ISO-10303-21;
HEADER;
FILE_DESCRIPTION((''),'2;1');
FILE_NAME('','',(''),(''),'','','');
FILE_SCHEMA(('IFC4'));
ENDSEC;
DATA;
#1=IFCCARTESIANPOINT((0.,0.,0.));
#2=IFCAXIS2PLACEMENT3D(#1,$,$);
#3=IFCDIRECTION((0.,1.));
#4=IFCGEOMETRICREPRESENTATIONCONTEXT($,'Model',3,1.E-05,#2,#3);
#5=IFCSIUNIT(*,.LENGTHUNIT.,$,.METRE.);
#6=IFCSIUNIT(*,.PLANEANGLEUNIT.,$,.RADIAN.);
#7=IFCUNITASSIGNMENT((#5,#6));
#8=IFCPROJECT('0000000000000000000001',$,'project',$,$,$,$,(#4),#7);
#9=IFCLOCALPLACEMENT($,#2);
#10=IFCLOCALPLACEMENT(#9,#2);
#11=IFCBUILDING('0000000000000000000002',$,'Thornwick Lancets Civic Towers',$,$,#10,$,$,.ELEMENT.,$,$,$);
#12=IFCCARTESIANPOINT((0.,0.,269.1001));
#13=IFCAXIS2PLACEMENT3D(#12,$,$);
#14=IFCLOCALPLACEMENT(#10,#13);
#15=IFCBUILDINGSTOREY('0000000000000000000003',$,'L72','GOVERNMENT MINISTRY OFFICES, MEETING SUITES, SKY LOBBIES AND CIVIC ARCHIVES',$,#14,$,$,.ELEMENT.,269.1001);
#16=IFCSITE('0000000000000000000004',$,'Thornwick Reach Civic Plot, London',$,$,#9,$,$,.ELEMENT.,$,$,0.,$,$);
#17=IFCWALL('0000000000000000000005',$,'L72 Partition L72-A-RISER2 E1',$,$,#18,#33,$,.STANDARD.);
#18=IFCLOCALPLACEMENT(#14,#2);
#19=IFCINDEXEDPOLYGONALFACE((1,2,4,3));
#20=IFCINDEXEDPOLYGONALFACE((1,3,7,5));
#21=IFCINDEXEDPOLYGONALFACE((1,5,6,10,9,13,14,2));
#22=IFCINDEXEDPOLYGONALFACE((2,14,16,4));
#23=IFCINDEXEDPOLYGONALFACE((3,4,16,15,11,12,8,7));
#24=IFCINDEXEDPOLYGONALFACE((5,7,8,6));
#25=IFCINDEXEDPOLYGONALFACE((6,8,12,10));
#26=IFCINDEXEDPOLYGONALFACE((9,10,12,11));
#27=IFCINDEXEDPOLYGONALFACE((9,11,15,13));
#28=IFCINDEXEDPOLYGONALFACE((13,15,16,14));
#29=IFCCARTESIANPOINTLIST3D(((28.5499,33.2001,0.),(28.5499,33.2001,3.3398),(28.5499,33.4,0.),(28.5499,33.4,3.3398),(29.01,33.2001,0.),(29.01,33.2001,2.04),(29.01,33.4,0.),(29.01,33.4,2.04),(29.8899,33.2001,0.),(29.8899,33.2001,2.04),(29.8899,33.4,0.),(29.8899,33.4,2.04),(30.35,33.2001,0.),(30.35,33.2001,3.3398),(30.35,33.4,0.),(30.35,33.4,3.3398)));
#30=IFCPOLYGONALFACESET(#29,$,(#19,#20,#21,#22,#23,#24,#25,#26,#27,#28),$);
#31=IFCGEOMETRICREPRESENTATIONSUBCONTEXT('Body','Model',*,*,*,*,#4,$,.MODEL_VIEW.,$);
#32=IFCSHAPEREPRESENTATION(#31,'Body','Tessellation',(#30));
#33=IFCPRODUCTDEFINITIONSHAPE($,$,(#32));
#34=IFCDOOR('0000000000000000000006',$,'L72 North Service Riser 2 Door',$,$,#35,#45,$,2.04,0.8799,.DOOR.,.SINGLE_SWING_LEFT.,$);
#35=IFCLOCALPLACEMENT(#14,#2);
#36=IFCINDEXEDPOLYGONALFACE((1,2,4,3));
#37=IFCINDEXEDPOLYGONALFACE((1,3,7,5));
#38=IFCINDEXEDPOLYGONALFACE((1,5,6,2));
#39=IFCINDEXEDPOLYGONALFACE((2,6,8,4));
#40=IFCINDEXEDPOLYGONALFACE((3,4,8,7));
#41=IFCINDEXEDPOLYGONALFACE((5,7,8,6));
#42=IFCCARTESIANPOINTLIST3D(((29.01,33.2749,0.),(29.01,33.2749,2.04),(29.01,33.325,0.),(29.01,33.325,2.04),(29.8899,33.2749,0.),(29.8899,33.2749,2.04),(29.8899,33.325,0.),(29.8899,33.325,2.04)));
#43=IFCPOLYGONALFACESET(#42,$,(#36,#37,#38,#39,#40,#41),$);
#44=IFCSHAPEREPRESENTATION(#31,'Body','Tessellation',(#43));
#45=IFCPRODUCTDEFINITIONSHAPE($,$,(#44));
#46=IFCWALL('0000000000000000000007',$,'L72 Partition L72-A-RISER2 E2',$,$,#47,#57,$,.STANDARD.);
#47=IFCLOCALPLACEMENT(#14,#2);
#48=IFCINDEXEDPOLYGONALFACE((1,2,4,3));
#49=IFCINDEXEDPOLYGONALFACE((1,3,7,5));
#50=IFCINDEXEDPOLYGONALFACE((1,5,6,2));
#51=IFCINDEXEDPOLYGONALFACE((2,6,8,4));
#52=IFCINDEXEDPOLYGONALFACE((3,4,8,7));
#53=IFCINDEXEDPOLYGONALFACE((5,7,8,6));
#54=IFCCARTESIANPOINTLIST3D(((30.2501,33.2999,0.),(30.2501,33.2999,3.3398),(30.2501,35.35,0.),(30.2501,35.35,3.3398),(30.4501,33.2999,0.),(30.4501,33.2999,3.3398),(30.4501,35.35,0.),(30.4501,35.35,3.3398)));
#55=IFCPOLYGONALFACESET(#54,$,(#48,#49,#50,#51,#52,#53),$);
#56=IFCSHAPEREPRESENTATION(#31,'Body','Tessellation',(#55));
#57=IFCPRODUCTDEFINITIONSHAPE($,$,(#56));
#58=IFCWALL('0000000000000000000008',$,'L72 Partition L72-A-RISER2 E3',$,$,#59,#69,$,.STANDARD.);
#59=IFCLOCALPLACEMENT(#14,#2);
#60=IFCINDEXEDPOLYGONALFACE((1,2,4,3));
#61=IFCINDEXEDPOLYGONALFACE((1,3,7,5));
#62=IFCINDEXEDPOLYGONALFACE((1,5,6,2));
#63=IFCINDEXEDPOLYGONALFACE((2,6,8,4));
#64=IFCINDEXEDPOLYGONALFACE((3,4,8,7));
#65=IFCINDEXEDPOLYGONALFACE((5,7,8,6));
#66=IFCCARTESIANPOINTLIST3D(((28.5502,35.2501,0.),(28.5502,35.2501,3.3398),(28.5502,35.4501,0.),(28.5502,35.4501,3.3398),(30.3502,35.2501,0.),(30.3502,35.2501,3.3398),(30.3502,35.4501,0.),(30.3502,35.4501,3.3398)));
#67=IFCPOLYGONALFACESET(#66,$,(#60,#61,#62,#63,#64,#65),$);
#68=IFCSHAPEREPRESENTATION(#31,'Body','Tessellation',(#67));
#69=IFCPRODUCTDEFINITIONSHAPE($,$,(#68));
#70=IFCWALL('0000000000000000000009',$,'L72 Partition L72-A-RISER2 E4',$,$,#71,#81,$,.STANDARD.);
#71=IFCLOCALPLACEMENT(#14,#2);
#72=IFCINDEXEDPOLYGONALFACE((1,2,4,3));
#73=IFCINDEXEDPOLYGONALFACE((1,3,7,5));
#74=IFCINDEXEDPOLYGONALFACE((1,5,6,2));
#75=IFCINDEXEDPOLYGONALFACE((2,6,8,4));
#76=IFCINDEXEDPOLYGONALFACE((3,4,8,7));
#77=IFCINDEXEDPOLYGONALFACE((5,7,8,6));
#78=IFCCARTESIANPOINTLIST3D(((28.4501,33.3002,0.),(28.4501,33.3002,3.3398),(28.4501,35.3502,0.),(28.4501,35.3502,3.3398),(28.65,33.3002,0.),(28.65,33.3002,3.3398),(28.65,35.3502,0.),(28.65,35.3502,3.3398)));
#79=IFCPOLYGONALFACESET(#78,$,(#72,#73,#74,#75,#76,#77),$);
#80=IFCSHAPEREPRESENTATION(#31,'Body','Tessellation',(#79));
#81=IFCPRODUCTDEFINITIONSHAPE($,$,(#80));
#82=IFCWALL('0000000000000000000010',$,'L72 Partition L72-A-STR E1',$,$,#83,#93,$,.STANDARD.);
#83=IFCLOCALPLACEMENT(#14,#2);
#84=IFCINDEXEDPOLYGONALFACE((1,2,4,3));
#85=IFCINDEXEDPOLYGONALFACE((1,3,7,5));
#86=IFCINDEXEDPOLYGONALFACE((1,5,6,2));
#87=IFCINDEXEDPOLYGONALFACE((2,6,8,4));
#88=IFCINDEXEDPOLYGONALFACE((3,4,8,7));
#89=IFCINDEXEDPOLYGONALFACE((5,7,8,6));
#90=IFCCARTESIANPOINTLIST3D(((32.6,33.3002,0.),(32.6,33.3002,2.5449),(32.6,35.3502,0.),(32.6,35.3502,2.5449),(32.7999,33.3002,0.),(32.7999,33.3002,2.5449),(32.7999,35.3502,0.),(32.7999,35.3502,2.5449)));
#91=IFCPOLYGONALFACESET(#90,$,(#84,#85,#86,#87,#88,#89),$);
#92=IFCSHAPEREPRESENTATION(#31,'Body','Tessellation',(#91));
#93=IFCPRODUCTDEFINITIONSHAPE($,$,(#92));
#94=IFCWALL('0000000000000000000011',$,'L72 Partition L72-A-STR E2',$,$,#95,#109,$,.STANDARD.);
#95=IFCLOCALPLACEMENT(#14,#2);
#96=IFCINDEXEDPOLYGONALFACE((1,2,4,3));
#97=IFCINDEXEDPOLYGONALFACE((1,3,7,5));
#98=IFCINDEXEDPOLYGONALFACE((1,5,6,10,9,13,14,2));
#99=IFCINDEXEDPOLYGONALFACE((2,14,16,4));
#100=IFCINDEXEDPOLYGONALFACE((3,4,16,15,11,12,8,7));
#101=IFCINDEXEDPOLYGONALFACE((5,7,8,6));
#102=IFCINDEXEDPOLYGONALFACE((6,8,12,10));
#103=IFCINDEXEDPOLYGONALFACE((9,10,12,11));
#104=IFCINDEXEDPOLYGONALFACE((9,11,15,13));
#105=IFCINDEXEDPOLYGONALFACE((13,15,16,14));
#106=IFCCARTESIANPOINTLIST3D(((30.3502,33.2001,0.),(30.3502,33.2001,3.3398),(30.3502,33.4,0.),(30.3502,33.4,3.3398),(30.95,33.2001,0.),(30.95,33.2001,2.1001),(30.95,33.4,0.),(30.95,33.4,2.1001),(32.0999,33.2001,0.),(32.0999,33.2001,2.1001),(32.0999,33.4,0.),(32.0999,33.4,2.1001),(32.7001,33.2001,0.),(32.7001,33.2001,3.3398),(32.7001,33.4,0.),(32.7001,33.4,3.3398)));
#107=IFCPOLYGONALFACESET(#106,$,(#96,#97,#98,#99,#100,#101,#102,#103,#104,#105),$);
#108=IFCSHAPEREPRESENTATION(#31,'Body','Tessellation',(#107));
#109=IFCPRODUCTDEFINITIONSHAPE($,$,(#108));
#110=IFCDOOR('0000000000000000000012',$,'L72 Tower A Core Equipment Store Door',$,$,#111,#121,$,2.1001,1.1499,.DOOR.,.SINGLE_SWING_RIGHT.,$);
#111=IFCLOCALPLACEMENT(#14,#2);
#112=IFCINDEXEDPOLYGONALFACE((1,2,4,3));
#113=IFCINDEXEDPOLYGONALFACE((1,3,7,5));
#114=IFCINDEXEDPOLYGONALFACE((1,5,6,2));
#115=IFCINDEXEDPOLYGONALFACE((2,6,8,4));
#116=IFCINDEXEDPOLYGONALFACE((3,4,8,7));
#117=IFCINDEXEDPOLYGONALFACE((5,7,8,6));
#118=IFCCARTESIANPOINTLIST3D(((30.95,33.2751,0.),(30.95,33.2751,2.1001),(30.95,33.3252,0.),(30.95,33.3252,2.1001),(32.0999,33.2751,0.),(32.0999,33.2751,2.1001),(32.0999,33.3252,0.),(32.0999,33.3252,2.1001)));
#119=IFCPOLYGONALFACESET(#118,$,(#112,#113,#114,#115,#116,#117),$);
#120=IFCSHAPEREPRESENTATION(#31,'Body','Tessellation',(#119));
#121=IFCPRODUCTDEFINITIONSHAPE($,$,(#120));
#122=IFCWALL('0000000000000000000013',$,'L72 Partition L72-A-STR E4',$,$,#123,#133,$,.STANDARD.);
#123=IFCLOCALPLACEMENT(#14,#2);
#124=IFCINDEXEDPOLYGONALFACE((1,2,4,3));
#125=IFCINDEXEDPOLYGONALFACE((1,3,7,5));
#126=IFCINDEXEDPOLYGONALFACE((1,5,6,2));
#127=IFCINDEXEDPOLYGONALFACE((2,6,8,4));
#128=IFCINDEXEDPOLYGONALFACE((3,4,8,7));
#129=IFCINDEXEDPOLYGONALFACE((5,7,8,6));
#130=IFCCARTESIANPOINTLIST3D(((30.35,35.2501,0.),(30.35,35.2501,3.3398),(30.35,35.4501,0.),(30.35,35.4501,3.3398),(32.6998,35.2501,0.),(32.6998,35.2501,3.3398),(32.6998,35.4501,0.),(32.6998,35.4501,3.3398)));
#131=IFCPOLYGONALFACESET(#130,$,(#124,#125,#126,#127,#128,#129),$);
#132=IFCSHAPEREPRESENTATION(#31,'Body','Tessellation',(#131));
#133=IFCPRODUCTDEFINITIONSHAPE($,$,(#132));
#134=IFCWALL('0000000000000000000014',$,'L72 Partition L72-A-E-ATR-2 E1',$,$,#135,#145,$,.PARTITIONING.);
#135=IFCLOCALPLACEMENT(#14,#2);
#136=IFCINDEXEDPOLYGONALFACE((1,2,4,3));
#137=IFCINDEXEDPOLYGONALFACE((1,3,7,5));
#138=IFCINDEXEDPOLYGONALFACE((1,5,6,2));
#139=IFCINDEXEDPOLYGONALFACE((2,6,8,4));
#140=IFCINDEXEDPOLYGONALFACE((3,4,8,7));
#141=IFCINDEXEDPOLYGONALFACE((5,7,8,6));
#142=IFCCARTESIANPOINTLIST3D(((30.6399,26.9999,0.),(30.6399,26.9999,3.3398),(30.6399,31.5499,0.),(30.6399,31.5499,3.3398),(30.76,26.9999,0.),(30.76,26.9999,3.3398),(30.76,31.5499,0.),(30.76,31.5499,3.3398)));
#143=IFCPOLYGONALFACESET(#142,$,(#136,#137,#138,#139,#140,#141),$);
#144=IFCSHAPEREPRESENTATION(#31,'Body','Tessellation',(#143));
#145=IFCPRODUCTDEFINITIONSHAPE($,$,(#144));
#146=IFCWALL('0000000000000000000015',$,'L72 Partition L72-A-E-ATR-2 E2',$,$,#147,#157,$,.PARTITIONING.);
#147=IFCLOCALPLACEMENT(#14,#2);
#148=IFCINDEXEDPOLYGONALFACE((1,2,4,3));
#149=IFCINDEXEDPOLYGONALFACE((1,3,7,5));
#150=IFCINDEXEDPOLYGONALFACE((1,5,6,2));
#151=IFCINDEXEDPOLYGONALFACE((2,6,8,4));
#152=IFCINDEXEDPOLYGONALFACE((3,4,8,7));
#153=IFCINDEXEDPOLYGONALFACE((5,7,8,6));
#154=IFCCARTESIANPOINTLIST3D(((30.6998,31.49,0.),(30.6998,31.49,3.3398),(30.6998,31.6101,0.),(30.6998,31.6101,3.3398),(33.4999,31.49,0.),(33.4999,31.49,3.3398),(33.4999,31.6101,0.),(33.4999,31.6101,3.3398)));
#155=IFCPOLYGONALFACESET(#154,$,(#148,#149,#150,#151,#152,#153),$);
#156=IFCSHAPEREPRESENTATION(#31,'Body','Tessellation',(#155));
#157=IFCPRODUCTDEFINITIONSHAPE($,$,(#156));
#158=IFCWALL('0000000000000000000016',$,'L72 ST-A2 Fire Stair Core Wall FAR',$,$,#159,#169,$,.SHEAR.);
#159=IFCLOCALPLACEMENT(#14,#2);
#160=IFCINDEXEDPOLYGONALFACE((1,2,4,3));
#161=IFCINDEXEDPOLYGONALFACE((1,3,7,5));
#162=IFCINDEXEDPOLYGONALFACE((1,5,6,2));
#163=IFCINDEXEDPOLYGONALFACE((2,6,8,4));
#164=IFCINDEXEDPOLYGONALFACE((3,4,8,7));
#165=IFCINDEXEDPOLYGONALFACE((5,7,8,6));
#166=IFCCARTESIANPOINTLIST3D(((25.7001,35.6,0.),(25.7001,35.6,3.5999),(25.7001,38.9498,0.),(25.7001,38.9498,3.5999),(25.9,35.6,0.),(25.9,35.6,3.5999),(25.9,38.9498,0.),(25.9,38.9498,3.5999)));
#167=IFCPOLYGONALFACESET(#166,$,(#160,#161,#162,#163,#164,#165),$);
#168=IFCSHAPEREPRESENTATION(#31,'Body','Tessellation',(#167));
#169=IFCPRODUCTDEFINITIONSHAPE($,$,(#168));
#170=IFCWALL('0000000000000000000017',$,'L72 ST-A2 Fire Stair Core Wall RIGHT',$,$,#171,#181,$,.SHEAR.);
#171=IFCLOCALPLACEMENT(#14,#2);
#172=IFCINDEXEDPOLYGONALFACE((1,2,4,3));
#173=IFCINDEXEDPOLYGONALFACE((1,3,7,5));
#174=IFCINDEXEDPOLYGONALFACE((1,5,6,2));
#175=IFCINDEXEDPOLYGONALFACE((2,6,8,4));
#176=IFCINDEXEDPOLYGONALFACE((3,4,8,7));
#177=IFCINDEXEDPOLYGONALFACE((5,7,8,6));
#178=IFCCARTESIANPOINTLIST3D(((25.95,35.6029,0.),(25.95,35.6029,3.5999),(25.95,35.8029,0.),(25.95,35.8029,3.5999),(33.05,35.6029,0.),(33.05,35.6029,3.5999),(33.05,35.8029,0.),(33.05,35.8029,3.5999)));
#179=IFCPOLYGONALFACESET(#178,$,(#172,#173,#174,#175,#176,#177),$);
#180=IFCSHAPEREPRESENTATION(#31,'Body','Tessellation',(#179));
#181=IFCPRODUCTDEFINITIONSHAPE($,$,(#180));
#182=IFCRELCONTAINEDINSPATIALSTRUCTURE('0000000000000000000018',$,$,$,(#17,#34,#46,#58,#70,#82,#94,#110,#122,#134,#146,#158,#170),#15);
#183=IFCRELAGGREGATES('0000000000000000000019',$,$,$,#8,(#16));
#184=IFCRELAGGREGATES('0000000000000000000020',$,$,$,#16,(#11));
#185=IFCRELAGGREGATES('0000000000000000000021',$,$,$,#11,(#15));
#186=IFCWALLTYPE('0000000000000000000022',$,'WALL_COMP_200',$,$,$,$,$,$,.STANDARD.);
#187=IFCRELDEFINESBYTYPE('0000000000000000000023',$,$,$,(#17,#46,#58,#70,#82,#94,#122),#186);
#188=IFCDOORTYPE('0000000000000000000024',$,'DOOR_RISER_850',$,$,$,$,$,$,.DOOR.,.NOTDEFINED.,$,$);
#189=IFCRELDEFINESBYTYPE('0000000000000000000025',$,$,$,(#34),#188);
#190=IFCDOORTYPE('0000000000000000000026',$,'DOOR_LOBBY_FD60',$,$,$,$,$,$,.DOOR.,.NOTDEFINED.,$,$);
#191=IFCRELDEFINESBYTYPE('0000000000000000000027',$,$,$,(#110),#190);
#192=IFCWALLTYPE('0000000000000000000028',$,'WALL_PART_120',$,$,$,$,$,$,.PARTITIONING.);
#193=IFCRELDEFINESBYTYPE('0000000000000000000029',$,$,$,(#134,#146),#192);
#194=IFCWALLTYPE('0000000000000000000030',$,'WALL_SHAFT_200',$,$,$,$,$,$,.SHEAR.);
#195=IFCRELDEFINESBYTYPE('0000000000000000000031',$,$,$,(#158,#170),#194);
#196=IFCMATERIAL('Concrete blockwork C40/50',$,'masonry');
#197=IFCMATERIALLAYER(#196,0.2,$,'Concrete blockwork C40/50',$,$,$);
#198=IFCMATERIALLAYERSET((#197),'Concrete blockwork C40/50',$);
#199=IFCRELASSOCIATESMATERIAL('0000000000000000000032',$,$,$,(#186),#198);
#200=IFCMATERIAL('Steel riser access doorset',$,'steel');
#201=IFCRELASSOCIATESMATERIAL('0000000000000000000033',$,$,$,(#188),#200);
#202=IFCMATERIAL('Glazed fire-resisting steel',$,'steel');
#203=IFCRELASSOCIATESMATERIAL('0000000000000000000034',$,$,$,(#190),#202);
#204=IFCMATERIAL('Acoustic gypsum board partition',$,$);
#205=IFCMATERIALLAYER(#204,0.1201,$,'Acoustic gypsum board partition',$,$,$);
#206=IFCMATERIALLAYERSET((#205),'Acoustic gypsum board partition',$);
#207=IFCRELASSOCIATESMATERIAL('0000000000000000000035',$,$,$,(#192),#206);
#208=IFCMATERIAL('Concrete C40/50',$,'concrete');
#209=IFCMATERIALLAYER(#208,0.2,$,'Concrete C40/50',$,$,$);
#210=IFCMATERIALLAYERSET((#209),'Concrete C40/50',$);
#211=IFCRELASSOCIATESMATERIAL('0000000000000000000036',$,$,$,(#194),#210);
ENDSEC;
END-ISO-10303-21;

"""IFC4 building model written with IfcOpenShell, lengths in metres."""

from ifc_helpers import new_model, si_unit, direction, frame, frame_2d, origin, place, context, subcontext, project, spatial, rectangle, extrude, material, layer, layer_set, type_object, element, fill, save


model = new_model("IFC4")

# Units and contexts
model_context = context("Model", 3, precision=1e-05, world=origin(), true_north=direction((0.0, 1.0)))
body_context = subcontext(model_context, "Body", "Model", "MODEL_VIEW")
ifc_project = project(units=[si_unit("LENGTHUNIT", "METRE"), si_unit("PLANEANGLEUNIT", "RADIAN")], contexts=[model_context])

# Site, building, storey
site_placement = place(None, origin())
site = spatial("IfcSite", under=ifc_project, at=site_placement, Name="Thornwick Reach Civic Plot, London", CompositionType="ELEMENT", RefElevation=0.0)
building_placement = place(site_placement, origin())
building = spatial("IfcBuilding", under=site, at=building_placement, Name="Thornwick Lancets Civic Towers", CompositionType="ELEMENT")
storey_placement = place(building_placement, frame((0.0, 0.0, 269.1001)))
storey = spatial("IfcBuildingStorey", under=building, at=storey_placement, Name="L72", Description="GOVERNMENT MINISTRY OFFICES, MEETING SUITES, SKY LOBBIES AND CIVIC ARCHIVES", CompositionType="ELEMENT", Elevation=269.1001)

# Shared definitions
ifc_material_1 = material(Name="Concrete C40/50", Category="concrete")

# Shared definitions
ifc_material_2 = material(Name="Concrete blockwork C40/50", Category="masonry")
ifc_layer_1 = layer(ifc_material_2, 0.2, Name="Concrete blockwork C40/50")
ifc_layer_set_1 = layer_set([ifc_layer_1], Name="Concrete blockwork C40/50")
wall_type_1 = type_object("IfcWallType", Name="WALL_COMP_200", PredefinedType="STANDARD", material=ifc_layer_set_1)

# Wall, opening, door
wall_1_placement = place(storey_placement, frame((28.55, 33.3, 0.0), z_axis=(0.0, 0.0, 1.0), x_axis=(1.0, 0.0, 0.0)))
wall_1 = element("IfcWall", 1, at=wall_1_placement, inside=storey, type_object=wall_type_1, Name="L72 Partition L72-A-RISER2 E1", PredefinedType="STANDARD", context=body_context, shape_type="SweptSolid", body=[
    extrude(rectangle(XDim=1.8, YDim=0.2, at=frame_2d((0.8999, 0.0))), origin(), (0.0, 0.0, 1.0), 3.3398),
])
opening_1_placement = place(wall_1_placement, frame((0.46, 0.0, 0.0)))
opening_1 = element("IfcOpeningElement", 2, at=opening_1_placement, cuts=wall_1, PredefinedType="OPENING", context=body_context, shape_type="SweptSolid", body=[
    extrude(rectangle(XDim=0.8799, YDim=2.04, at=frame_2d((0.4399, 1.02))), frame((0.0, 0.1099, 0.0), z_axis=(0.0, -1.0, 0.0), x_axis=(1.0, 0.0, 0.0)), (0.0, 0.0, 1.0), 0.22),
])
ifc_material_3 = material(Name="Steel riser access doorset", Category="steel")
door_type_1 = type_object("IfcDoorType", Name="DOOR_RISER_850", OperationType="NOTDEFINED", PredefinedType="DOOR", material=ifc_material_3)
door_1_placement = place(opening_1_placement, origin())
door_1 = element("IfcDoor", 3, at=door_1_placement, inside=storey, type_object=door_type_1, Name="L72 North Service Riser 2 Door", OperationType="SINGLE_SWING_LEFT", OverallHeight=2.04, OverallWidth=0.8799, PredefinedType="DOOR", context=body_context, shape_type="SweptSolid", body=[
    extrude(rectangle(XDim=0.8799, YDim=2.04, at=frame_2d((0.4399, 1.02))), frame((0.0, 0.0249, 0.0), z_axis=(0.0, -1.0, 0.0), x_axis=(1.0, 0.0, 0.0)), (0.0, 0.0, 1.0), 0.05),
])
fill(opening_1, door_1)

# Walls
wall_2_placement = place(storey_placement, frame((30.3501, 33.3, 0.0), z_axis=(0.0, 0.0, 1.0), x_axis=(0.0, 1.0, 0.0)))
element("IfcWall", 4, at=wall_2_placement, inside=storey, type_object=wall_type_1, Name="L72 Partition L72-A-RISER2 E2", PredefinedType="STANDARD", context=body_context, shape_type="SweptSolid", body=[
    extrude(rectangle(XDim=2.05, YDim=0.2, at=frame_2d((1.0249, 0.0))), origin(), (0.0, 0.0, 1.0), 3.3398),
])
wall_3_placement = place(storey_placement, frame((30.3501, 35.3501, 0.0), z_axis=(0.0, 0.0, 1.0), x_axis=(-1.0, 0.0, 0.0)))
element("IfcWall", 5, at=wall_3_placement, inside=storey, type_object=wall_type_1, Name="L72 Partition L72-A-RISER2 E3", PredefinedType="STANDARD", context=body_context, shape_type="SweptSolid", body=[
    extrude(rectangle(XDim=1.8, YDim=0.2, at=frame_2d((0.8999, 0.0))), origin(), (0.0, 0.0, 1.0), 3.3398),
])
wall_4_placement = place(storey_placement, frame((28.55, 35.3501, 0.0), z_axis=(0.0, 0.0, 1.0), x_axis=(0.0, -1.0, 0.0)))
element("IfcWall", 6, at=wall_4_placement, inside=storey, type_object=wall_type_1, Name="L72 Partition L72-A-RISER2 E4", PredefinedType="STANDARD", context=body_context, shape_type="SweptSolid", body=[
    extrude(rectangle(XDim=2.05, YDim=0.2, at=frame_2d((1.0249, 0.0))), origin(), (0.0, 0.0, 1.0), 3.3398),
])
wall_5_placement = place(storey_placement, frame((32.7, 35.3501, 0.0), z_axis=(0.0, 0.0, 1.0), x_axis=(0.0, -1.0, 0.0)))
element("IfcWall", 7, at=wall_5_placement, inside=storey, type_object=wall_type_1, Name="L72 Partition L72-A-STR E1", PredefinedType="STANDARD", context=body_context, shape_type="SweptSolid", body=[
    extrude(rectangle(XDim=2.05, YDim=0.2, at=frame_2d((1.0249, 0.0))), origin(), (0.0, 0.0, 1.0), 2.5449),
])

# Wall, opening, door
wall_6_placement = place(storey_placement, frame((32.7, 33.3, 0.0), z_axis=(0.0, 0.0, 1.0), x_axis=(-1.0, 0.0, 0.0)))
wall_6 = element("IfcWall", 8, at=wall_6_placement, inside=storey, type_object=wall_type_1, Name="L72 Partition L72-A-STR E2", PredefinedType="STANDARD", context=body_context, shape_type="SweptSolid", body=[
    extrude(rectangle(XDim=2.3499, YDim=0.2, at=frame_2d((1.1748, 0.0))), origin(), (0.0, 0.0, 1.0), 3.3398),
])
opening_2_placement = place(wall_6_placement, frame((0.6001, 0.0, 0.0)))
opening_2 = element("IfcOpeningElement", 9, at=opening_2_placement, cuts=wall_6, PredefinedType="OPENING", context=body_context, shape_type="SweptSolid", body=[
    extrude(rectangle(XDim=1.1499, YDim=2.1001, at=frame_2d((0.575, 1.05))), frame((0.0, 0.1099, 0.0), z_axis=(0.0, -1.0, 0.0), x_axis=(1.0, 0.0, 0.0)), (0.0, 0.0, 1.0), 0.22),
])
ifc_material_4 = material(Name="Glazed fire-resisting steel", Category="steel")
door_type_2 = type_object("IfcDoorType", Name="DOOR_LOBBY_FD60", OperationType="NOTDEFINED", PredefinedType="DOOR", material=ifc_material_4)
door_2_placement = place(opening_2_placement, origin())
door_2 = element("IfcDoor", 10, at=door_2_placement, inside=storey, type_object=door_type_2, Name="L72 Tower A Core Equipment Store Door", OperationType="SINGLE_SWING_RIGHT", OverallHeight=2.1001, OverallWidth=1.1499, PredefinedType="DOOR", context=body_context, shape_type="SweptSolid", body=[
    extrude(rectangle(XDim=1.1499, YDim=2.1001, at=frame_2d((0.575, 1.05))), frame((0.0, 0.0249, 0.0), z_axis=(0.0, -1.0, 0.0), x_axis=(1.0, 0.0, 0.0)), (0.0, 0.0, 1.0), 0.05),
])
fill(opening_2, door_2)

# Walls
wall_7_placement = place(storey_placement, frame((30.3501, 35.3501, 0.0), z_axis=(0.0, 0.0, 1.0), x_axis=(1.0, 0.0, 0.0)))
element("IfcWall", 11, at=wall_7_placement, inside=storey, type_object=wall_type_1, Name="L72 Partition L72-A-STR E4", PredefinedType="STANDARD", context=body_context, shape_type="SweptSolid", body=[
    extrude(rectangle(XDim=2.3499, YDim=0.2, at=frame_2d((1.1748, 0.0))), origin(), (0.0, 0.0, 1.0), 3.3398),
])
ifc_material_5 = material(Name="Acoustic gypsum board partition")
ifc_layer_2 = layer(ifc_material_5, 0.1201, Name="Acoustic gypsum board partition")
ifc_layer_set_2 = layer_set([ifc_layer_2], Name="Acoustic gypsum board partition")
wall_type_2 = type_object("IfcWallType", Name="WALL_PART_120", PredefinedType="PARTITIONING", material=ifc_layer_set_2)
wall_8_placement = place(storey_placement, frame((30.7, 27.0, 0.0), z_axis=(0.0, 0.0, 1.0), x_axis=(0.0, 1.0, 0.0)))
element("IfcWall", 12, at=wall_8_placement, inside=storey, type_object=wall_type_2, Name="L72 Partition L72-A-E-ATR-2 E1", PredefinedType="PARTITIONING", context=body_context, shape_type="SweptSolid", body=[
    extrude(rectangle(XDim=4.55, YDim=0.1201, at=frame_2d((2.2749, 0.0))), origin(), (0.0, 0.0, 1.0), 3.3398),
])
wall_9_placement = place(storey_placement, frame((30.7, 31.55, 0.0), z_axis=(0.0, 0.0, 1.0), x_axis=(1.0, 0.0, 0.0)))
element("IfcWall", 13, at=wall_9_placement, inside=storey, type_object=wall_type_2, Name="L72 Partition L72-A-E-ATR-2 E2", PredefinedType="PARTITIONING", context=body_context, shape_type="SweptSolid", body=[
    extrude(rectangle(XDim=2.8, YDim=0.1201, at=frame_2d((1.3999, 0.0))), origin(), (0.0, 0.0, 1.0), 3.3398),
])
ifc_layer_3 = layer(ifc_material_1, 0.2, Name="Concrete C40/50")
ifc_layer_set_3 = layer_set([ifc_layer_3], Name="Concrete C40/50")
wall_type_3 = type_object("IfcWallType", Name="WALL_SHAFT_200", PredefinedType="SHEAR", material=ifc_layer_set_3)
wall_10_placement = place(storey_placement, frame((25.8, 35.6001, 0.0), z_axis=(0.0, 0.0, 1.0), x_axis=(0.0, 1.0, 0.0)))
element("IfcWall", 14, at=wall_10_placement, inside=storey, type_object=wall_type_3, Name="L72 ST-A2 Fire Stair Core Wall FAR", PredefinedType="SHEAR", context=body_context, shape_type="SweptSolid", body=[
    extrude(rectangle(XDim=3.3499, YDim=0.2, at=frame_2d((1.6748, 0.0))), origin(), (0.0, 0.0, 1.0), 3.5999),
])
wall_11_placement = place(storey_placement, frame((25.95, 35.7029, 0.0), z_axis=(0.0, 0.0, 1.0), x_axis=(1.0, 0.0, 0.0)))
element("IfcWall", 15, at=wall_11_placement, inside=storey, type_object=wall_type_3, Name="L72 ST-A2 Fire Stair Core Wall RIGHT", PredefinedType="SHEAR", context=body_context, shape_type="SweptSolid", body=[
    extrude(rectangle(XDim=7.1001, YDim=0.2, at=frame_2d((3.55, 0.0))), origin(), (0.0, 0.0, 1.0), 3.5999),
])

save(model, "model.ifc")
